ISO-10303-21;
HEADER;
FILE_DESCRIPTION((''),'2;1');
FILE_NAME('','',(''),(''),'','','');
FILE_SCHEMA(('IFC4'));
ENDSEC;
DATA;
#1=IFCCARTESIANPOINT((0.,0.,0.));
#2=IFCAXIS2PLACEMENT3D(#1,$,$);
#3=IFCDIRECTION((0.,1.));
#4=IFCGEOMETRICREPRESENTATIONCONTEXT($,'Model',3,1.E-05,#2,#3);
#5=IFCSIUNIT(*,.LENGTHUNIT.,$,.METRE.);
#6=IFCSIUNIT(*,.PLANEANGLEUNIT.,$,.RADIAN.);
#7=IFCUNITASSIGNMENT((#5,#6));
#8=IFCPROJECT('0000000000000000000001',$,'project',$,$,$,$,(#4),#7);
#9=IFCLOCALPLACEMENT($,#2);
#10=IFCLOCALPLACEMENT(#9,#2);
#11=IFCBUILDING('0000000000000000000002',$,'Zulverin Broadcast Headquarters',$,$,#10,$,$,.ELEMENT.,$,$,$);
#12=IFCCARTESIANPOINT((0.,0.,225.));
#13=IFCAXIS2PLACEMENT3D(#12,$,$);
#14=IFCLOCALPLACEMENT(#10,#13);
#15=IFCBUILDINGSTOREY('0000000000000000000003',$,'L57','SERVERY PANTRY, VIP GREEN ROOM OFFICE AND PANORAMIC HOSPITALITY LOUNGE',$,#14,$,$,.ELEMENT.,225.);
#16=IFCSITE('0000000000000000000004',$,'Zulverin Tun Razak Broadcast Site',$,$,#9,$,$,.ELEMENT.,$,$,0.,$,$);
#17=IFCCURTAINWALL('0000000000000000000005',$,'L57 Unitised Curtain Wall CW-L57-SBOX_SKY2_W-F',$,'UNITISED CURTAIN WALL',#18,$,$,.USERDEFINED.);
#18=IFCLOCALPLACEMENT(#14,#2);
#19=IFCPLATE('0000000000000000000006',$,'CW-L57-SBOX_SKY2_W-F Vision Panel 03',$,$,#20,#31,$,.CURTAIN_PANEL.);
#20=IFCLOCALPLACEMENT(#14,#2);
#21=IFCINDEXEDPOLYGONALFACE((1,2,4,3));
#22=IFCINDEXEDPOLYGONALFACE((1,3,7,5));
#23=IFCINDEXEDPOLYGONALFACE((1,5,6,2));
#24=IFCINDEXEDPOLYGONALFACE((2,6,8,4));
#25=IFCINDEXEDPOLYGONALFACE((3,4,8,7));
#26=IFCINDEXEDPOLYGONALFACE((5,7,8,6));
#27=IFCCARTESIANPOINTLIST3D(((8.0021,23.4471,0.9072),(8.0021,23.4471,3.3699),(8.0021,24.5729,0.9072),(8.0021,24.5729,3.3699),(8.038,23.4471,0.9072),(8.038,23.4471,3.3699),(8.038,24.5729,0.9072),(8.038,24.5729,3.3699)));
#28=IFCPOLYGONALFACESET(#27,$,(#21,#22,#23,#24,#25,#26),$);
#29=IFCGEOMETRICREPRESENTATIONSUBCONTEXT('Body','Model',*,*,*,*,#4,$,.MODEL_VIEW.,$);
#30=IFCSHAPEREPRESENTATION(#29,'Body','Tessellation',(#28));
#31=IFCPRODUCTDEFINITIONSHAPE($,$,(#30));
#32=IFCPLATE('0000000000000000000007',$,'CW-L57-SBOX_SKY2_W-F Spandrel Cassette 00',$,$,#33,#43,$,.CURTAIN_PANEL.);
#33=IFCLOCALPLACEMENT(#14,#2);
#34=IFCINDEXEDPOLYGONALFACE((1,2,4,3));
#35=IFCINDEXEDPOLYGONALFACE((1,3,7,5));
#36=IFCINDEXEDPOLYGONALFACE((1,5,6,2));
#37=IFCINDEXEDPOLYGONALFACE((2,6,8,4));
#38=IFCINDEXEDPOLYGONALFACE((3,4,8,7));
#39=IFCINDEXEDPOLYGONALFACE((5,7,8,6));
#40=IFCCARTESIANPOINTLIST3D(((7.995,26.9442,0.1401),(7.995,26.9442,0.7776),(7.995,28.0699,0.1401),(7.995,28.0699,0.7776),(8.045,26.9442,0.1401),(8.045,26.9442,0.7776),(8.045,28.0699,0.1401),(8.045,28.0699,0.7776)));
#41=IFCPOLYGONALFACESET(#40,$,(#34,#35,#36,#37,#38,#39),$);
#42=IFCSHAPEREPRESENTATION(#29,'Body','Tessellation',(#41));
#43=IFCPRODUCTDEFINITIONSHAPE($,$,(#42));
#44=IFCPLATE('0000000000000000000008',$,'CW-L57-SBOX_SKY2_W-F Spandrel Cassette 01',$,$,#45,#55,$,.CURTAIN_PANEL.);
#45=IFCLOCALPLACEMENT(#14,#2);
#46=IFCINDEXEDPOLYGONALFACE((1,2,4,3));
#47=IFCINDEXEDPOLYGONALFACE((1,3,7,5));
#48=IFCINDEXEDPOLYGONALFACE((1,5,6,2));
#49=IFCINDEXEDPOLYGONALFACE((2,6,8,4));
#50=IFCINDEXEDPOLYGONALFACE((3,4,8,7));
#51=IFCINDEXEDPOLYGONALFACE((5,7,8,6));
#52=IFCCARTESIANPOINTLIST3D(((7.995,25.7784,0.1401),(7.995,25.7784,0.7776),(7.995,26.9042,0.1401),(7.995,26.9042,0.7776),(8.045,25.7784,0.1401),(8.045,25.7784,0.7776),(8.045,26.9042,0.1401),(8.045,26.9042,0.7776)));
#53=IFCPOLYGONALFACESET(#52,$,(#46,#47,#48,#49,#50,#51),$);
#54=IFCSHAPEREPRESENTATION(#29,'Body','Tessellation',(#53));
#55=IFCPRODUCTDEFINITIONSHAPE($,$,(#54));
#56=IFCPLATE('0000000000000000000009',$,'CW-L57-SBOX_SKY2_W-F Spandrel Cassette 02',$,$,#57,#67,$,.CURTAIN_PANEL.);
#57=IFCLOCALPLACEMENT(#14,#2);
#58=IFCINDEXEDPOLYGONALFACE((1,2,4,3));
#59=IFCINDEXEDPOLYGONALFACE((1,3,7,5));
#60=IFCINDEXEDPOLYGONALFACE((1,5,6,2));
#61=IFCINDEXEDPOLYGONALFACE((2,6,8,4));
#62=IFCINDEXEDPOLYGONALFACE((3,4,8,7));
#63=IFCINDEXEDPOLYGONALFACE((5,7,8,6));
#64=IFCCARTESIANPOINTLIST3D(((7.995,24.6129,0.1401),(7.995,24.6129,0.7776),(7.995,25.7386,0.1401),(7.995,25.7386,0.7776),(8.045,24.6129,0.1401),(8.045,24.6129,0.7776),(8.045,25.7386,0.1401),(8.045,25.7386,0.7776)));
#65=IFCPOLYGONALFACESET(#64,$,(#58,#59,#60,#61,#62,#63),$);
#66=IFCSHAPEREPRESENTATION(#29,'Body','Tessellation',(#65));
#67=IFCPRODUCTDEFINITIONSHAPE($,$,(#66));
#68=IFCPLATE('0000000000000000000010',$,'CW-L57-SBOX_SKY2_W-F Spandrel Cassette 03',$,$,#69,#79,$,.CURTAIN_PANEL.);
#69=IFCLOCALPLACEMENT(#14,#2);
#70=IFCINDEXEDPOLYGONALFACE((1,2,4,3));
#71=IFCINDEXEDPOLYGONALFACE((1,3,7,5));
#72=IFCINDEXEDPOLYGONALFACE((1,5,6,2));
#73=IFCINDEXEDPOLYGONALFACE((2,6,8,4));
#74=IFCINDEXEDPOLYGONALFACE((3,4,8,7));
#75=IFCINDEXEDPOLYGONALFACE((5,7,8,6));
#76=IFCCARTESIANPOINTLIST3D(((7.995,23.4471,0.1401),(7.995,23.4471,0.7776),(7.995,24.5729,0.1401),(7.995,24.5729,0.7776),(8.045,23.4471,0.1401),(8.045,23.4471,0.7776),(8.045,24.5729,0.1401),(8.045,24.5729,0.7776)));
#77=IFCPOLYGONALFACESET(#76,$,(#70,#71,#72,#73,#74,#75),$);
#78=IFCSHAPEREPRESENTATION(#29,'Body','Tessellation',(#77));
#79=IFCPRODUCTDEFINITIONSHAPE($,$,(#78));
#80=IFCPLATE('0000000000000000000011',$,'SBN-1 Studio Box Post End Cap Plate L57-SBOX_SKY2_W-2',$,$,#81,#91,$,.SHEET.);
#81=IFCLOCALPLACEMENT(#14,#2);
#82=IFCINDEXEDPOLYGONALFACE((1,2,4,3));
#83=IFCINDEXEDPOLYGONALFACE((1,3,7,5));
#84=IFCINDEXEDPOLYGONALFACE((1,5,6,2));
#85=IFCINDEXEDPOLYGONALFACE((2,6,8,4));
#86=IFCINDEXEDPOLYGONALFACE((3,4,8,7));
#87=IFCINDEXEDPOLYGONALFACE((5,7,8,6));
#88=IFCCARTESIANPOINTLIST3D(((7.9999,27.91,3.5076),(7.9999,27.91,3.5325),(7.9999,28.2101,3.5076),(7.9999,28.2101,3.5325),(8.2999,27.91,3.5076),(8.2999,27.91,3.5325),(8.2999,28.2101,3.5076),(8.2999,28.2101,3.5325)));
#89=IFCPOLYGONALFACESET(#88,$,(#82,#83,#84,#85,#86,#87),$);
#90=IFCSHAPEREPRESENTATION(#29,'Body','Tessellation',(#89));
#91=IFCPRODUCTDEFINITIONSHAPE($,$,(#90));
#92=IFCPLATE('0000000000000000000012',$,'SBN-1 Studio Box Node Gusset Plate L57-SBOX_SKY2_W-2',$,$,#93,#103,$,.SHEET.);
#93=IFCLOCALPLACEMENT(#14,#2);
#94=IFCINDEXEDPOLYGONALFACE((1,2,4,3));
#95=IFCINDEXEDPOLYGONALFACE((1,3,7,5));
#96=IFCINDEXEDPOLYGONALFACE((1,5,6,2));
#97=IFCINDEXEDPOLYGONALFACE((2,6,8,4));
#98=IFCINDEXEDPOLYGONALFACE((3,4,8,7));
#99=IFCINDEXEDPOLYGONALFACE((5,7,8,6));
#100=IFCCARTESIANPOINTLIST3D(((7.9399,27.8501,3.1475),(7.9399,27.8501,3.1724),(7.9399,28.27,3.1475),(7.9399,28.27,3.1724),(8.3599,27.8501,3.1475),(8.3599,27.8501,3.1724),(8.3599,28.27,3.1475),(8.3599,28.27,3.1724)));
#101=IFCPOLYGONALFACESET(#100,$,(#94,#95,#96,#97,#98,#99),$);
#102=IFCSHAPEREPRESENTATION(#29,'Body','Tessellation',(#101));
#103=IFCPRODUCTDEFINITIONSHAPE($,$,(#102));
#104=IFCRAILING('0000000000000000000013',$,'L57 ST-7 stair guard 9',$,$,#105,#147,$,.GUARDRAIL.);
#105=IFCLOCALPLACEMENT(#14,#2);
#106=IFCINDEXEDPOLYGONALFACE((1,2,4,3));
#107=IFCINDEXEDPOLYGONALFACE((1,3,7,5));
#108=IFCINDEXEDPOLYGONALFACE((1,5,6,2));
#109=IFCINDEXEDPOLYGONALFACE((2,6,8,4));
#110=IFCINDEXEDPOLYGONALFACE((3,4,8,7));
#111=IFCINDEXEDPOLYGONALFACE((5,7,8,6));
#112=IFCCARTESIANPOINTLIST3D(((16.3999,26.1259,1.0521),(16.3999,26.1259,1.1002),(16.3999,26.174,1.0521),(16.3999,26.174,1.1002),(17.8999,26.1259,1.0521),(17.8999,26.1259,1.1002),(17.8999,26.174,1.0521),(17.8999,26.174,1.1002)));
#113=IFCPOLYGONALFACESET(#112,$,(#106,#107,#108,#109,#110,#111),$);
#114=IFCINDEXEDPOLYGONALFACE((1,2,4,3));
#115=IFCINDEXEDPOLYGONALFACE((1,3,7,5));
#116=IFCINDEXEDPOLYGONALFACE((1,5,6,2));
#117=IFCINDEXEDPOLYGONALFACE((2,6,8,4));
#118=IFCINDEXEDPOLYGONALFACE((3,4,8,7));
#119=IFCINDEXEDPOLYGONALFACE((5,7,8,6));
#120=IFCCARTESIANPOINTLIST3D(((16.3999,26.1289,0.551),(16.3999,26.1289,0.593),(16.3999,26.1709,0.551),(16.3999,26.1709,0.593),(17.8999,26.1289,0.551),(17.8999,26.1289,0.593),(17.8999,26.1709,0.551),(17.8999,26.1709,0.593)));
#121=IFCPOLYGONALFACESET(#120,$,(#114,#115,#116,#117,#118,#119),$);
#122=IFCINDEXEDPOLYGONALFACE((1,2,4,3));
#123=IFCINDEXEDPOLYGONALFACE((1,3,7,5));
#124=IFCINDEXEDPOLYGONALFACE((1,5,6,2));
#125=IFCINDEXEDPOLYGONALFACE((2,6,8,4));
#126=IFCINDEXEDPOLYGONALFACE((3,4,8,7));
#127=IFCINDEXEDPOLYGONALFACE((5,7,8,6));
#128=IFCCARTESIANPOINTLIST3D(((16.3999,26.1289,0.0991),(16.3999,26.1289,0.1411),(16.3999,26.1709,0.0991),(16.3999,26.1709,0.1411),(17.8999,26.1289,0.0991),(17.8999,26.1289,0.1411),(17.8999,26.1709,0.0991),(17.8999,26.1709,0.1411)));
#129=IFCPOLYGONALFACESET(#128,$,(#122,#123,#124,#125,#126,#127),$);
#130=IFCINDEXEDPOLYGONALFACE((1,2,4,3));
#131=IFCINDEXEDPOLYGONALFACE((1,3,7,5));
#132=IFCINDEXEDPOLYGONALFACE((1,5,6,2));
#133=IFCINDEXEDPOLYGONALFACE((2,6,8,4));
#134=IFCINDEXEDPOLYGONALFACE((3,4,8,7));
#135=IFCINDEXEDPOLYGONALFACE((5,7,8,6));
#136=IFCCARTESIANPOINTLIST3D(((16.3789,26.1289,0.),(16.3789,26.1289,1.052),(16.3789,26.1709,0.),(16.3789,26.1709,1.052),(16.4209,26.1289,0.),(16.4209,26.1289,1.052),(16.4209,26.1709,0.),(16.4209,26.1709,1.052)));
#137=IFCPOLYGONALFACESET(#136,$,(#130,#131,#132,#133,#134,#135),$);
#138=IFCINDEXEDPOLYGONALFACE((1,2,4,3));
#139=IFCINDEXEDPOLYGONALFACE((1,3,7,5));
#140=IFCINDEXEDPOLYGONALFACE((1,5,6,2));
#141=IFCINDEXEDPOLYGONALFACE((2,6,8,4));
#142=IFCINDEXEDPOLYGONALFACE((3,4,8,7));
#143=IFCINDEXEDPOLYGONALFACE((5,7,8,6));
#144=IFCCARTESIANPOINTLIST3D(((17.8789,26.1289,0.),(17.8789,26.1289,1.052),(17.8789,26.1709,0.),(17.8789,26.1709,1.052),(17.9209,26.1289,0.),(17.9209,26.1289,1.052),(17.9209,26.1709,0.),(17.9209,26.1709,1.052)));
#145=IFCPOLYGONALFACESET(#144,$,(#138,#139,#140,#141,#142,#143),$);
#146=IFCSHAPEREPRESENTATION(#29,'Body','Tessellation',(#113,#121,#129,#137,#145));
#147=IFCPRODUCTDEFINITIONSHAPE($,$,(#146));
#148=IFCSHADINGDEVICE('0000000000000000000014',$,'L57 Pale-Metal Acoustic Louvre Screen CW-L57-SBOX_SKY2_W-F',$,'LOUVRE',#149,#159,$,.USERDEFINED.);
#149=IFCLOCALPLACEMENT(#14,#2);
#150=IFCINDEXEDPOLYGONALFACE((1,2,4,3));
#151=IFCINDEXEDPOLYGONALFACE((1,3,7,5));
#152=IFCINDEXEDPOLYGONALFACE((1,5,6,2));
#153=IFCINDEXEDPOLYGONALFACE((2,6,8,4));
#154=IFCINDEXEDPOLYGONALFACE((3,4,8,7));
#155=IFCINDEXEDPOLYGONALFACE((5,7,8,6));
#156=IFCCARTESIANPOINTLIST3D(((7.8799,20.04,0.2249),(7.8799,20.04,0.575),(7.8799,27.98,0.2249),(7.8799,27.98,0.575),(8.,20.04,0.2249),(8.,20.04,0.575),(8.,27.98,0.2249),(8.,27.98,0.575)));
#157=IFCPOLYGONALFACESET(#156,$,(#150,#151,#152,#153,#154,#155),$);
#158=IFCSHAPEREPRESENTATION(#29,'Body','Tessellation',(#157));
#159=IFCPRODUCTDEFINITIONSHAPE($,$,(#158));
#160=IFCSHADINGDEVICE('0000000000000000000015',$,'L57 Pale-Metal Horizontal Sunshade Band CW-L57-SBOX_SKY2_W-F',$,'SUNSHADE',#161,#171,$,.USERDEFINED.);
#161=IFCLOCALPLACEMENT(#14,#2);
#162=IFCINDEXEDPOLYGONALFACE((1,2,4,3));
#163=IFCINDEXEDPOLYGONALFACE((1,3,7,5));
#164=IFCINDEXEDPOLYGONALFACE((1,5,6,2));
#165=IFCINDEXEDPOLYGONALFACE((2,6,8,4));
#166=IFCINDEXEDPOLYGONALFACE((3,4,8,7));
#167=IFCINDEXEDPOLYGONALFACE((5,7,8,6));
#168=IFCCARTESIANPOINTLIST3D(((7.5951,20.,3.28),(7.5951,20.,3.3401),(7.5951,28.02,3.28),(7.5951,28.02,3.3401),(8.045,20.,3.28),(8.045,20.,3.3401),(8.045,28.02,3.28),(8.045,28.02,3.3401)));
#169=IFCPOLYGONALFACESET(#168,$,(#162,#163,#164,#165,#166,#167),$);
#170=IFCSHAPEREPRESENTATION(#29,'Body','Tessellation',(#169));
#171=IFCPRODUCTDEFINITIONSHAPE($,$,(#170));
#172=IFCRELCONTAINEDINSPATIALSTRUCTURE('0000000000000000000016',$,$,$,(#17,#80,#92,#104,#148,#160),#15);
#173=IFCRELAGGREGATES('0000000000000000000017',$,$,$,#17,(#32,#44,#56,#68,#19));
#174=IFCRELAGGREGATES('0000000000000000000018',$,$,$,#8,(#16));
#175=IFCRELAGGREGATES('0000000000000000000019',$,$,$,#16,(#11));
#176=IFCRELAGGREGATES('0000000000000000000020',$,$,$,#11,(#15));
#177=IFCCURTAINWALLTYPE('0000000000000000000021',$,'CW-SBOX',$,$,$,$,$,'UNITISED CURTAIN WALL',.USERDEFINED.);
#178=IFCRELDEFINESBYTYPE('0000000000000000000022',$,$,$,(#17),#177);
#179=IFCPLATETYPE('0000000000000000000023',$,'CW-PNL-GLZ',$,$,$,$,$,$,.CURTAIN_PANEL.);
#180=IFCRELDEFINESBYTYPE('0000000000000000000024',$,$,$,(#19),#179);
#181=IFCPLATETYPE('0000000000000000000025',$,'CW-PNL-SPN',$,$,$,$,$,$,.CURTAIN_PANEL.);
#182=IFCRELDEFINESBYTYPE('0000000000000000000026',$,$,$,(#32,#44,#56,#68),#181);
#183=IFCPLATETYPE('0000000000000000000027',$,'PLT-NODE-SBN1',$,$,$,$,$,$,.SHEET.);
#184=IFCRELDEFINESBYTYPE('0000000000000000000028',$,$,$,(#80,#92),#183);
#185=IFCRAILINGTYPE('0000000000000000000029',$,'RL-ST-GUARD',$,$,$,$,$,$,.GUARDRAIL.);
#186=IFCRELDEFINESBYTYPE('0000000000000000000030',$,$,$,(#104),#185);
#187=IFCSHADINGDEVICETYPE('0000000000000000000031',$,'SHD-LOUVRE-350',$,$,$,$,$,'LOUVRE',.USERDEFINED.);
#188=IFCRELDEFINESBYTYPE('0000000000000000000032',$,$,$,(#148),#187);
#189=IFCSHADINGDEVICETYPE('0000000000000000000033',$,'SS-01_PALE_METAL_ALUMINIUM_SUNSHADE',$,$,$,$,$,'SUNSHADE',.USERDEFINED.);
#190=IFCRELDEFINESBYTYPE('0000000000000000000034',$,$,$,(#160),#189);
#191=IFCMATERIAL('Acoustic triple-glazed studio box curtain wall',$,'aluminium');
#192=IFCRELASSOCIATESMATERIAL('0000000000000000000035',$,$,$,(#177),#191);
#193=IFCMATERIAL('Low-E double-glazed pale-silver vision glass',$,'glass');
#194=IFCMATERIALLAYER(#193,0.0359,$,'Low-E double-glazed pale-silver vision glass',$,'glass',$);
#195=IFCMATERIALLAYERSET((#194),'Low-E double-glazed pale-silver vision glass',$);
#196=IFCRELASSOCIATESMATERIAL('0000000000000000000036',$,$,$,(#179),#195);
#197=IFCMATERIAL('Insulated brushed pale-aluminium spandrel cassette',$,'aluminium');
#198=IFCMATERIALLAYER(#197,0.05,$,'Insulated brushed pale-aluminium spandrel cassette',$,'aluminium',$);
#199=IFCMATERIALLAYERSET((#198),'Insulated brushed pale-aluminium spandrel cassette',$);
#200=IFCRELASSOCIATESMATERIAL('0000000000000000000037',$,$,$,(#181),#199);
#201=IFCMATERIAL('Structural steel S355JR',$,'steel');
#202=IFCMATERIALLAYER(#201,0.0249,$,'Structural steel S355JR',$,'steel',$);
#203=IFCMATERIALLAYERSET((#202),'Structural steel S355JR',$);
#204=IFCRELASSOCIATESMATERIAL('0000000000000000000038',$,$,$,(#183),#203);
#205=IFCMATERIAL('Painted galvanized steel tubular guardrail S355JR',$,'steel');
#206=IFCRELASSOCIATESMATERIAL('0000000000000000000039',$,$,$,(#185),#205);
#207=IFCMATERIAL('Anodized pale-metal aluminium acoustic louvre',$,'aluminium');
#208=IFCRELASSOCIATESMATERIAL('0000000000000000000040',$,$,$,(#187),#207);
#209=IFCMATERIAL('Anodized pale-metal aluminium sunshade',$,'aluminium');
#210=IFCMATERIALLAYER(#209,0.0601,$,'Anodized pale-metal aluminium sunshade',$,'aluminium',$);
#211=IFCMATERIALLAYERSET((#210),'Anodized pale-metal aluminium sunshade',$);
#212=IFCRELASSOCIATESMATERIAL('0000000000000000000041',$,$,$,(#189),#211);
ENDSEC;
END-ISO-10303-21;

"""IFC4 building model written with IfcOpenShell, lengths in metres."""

from ifc_helpers import new_model, si_unit, direction, frame, origin, origin_2d, place, context, subcontext, project, spatial, rectangle, extrude, material, layer, layer_set, type_object, element, aggregate, save


model = new_model("IFC4")

# Units and contexts
model_context = context("Model", 3, precision=1e-05, world=origin(), true_north=direction((0.0, 1.0)))
body_context = subcontext(model_context, "Body", "Model", "MODEL_VIEW")
ifc_project = project(units=[si_unit("LENGTHUNIT", "METRE"), si_unit("PLANEANGLEUNIT", "RADIAN")], contexts=[model_context])

# Site, building, storey
site_placement = place(None, origin())
site = spatial("IfcSite", under=ifc_project, at=site_placement, Name="Zulverin Tun Razak Broadcast Site", CompositionType="ELEMENT", RefElevation=0.0)
building_placement = place(site_placement, origin())
building = spatial("IfcBuilding", under=site, at=building_placement, Name="Zulverin Broadcast Headquarters", CompositionType="ELEMENT")
storey_placement = place(building_placement, frame((0.0, 0.0, 225.0)))
storey = spatial("IfcBuildingStorey", under=building, at=storey_placement, Name="L57", Description="SERVERY PANTRY, VIP GREEN ROOM OFFICE AND PANORAMIC HOSPITALITY LOUNGE", CompositionType="ELEMENT", Elevation=225.0)

# Curtain wall
ifc_material_1 = material(Name="Acoustic triple-glazed studio box curtain wall", Category="aluminium")
curtain_wall_type = type_object("IfcCurtainWallType", Name="CW-SBOX", ElementType="UNITISED CURTAIN WALL", PredefinedType="USERDEFINED", material=ifc_material_1)
curtain_wall_placement = place(storey_placement, origin())
curtain_wall = element("IfcCurtainWall", 1, at=curtain_wall_placement, inside=storey, type_object=curtain_wall_type, Name="L57 Unitised Curtain Wall CW-L57-SBOX_SKY2_W-F", ObjectType="UNITISED CURTAIN WALL", PredefinedType="USERDEFINED")

# Shared definitions
ifc_material_2 = material(Name="Structural steel S355JR", Category="steel")

# Plates
ifc_material_3 = material(Name="Low-E double-glazed pale-silver vision glass", Category="glass")
ifc_layer_1 = layer(ifc_material_3, 0.0359, Name="Low-E double-glazed pale-silver vision glass", Category="glass")
ifc_layer_set_1 = layer_set([ifc_layer_1], Name="Low-E double-glazed pale-silver vision glass")
plate_type_1 = type_object("IfcPlateType", Name="CW-PNL-GLZ", PredefinedType="CURTAIN_PANEL", material=ifc_layer_set_1)
plate_1_placement = place(storey_placement, frame((8.02, 24.01, 0.9072), z_axis=(0.0, 0.0, 1.0), x_axis=(0.0, -1.0, 0.0)))
plate_1 = element("IfcPlate", 2, at=plate_1_placement, type_object=plate_type_1, Name="CW-L57-SBOX_SKY2_W-F Vision Panel 03", PredefinedType="CURTAIN_PANEL", context=body_context, shape_type="SweptSolid", body=[
    extrude(rectangle(XDim=1.1257, YDim=0.0359, at=origin_2d()), origin(), (0.0, 0.0, 1.0), 2.4626),
])
ifc_material_4 = material(Name="Insulated brushed pale-aluminium spandrel cassette", Category="aluminium")
ifc_layer_2 = layer(ifc_material_4, 0.05, Name="Insulated brushed pale-aluminium spandrel cassette", Category="aluminium")
ifc_layer_set_2 = layer_set([ifc_layer_2], Name="Insulated brushed pale-aluminium spandrel cassette")
plate_type_2 = type_object("IfcPlateType", Name="CW-PNL-SPN", PredefinedType="CURTAIN_PANEL", material=ifc_layer_set_2)
plate_2_placement = place(storey_placement, frame((8.02, 27.5071, 0.1401), z_axis=(0.0, 0.0, 1.0), x_axis=(0.0, -1.0, 0.0)))
plate_2 = element("IfcPlate", 3, at=plate_2_placement, type_object=plate_type_2, Name="CW-L57-SBOX_SKY2_W-F Spandrel Cassette 00", PredefinedType="CURTAIN_PANEL", context=body_context, shape_type="SweptSolid", body=[
    extrude(rectangle(XDim=1.1257, YDim=0.05, at=origin_2d()), origin(), (0.0, 0.0, 1.0), 0.6375),
])
plate_3_placement = place(storey_placement, frame((8.02, 26.3413, 0.1401), z_axis=(0.0, 0.0, 1.0), x_axis=(0.0, -1.0, 0.0)))
plate_3 = element("IfcPlate", 4, at=plate_3_placement, type_object=plate_type_2, Name="CW-L57-SBOX_SKY2_W-F Spandrel Cassette 01", PredefinedType="CURTAIN_PANEL", context=body_context, shape_type="SweptSolid", body=[
    extrude(rectangle(XDim=1.1257, YDim=0.05, at=origin_2d()), origin(), (0.0, 0.0, 1.0), 0.6375),
])
plate_4_placement = place(storey_placement, frame((8.02, 25.1758, 0.1401), z_axis=(0.0, 0.0, 1.0), x_axis=(0.0, -1.0, 0.0)))
plate_4 = element("IfcPlate", 5, at=plate_4_placement, type_object=plate_type_2, Name="CW-L57-SBOX_SKY2_W-F Spandrel Cassette 02", PredefinedType="CURTAIN_PANEL", context=body_context, shape_type="SweptSolid", body=[
    extrude(rectangle(XDim=1.1257, YDim=0.05, at=origin_2d()), origin(), (0.0, 0.0, 1.0), 0.6375),
])
plate_5_placement = place(storey_placement, frame((8.02, 24.01, 0.1401), z_axis=(0.0, 0.0, 1.0), x_axis=(0.0, -1.0, 0.0)))
plate_5 = element("IfcPlate", 6, at=plate_5_placement, type_object=plate_type_2, Name="CW-L57-SBOX_SKY2_W-F Spandrel Cassette 03", PredefinedType="CURTAIN_PANEL", context=body_context, shape_type="SweptSolid", body=[
    extrude(rectangle(XDim=1.1257, YDim=0.05, at=origin_2d()), origin(), (0.0, 0.0, 1.0), 0.6375),
])
aggregate(curtain_wall, [plate_2, plate_3, plate_4, plate_5, plate_1])

# Plates
ifc_layer_3 = layer(ifc_material_2, 0.0249, Name="Structural steel S355JR", Category="steel")
ifc_layer_set_3 = layer_set([ifc_layer_3], Name="Structural steel S355JR")
plate_type_3 = type_object("IfcPlateType", Name="PLT-NODE-SBN1", PredefinedType="SHEET", material=ifc_layer_set_3)
plate_6_placement = place(storey_placement, frame((8.1499, 28.0601, 3.5076), z_axis=(0.0, 0.0, 1.0), x_axis=(1.0, 0.0, 0.0)))
element("IfcPlate", 7, at=plate_6_placement, inside=storey, type_object=plate_type_3, Name="SBN-1 Studio Box Post End Cap Plate L57-SBOX_SKY2_W-2", PredefinedType="SHEET", context=body_context, shape_type="SweptSolid", body=[
    extrude(rectangle(XDim=0.3, YDim=0.3, at=origin_2d()), origin(), (0.0, 0.0, 1.0), 0.0249),
])
plate_7_placement = place(storey_placement, frame((8.1499, 28.0601, 3.1475), z_axis=(0.0, 0.0, 1.0), x_axis=(1.0, 0.0, 0.0)))
element("IfcPlate", 8, at=plate_7_placement, inside=storey, type_object=plate_type_3, Name="SBN-1 Studio Box Node Gusset Plate L57-SBOX_SKY2_W-2", PredefinedType="SHEET", context=body_context, shape_type="SweptSolid", body=[
    extrude(rectangle(XDim=0.4199, YDim=0.4199, at=origin_2d()), origin(), (0.0, 0.0, 1.0), 0.0249),
])

# Railing
ifc_material_5 = material(Name="Painted galvanized steel tubular guardrail S355JR", Category="steel")
railing_type = type_object("IfcRailingType", Name="RL-ST-GUARD", PredefinedType="GUARDRAIL", material=ifc_material_5)
railing_placement = place(storey_placement, frame((16.3999, 26.1499, 0.0)))
element("IfcRailing", 9, at=railing_placement, inside=storey, type_object=railing_type, Name="L57 ST-7 stair guard 9", PredefinedType="GUARDRAIL", context=body_context, shape_type="SweptSolid", body=[
    extrude(rectangle(XDim=0.0481, YDim=0.0481, at=origin_2d()), frame((0.0, 0.0, 1.0762), z_axis=(1.0, 0.0, 0.0), x_axis=(0.0, 1.0, 0.0)), (0.0, 0.0, 1.0), 1.5),
    extrude(rectangle(XDim=0.042, YDim=0.042, at=origin_2d()), frame((0.0, 0.0, 0.572), z_axis=(1.0, 0.0, 0.0), x_axis=(0.0, 1.0, 0.0)), (0.0, 0.0, 1.0), 1.5),
    extrude(rectangle(XDim=0.042, YDim=0.042, at=origin_2d()), frame((0.0, 0.0, 0.1201), z_axis=(1.0, 0.0, 0.0), x_axis=(0.0, 1.0, 0.0)), (0.0, 0.0, 1.0), 1.5),
    extrude(rectangle(XDim=0.042, YDim=0.042, at=origin_2d()), origin(), (0.0, 0.0, 1.0), 1.052),
    extrude(rectangle(XDim=0.042, YDim=0.042, at=origin_2d()), frame((1.5, 0.0, 0.0)), (0.0, 0.0, 1.0), 1.052),
])

# Shading devices
ifc_material_6 = material(Name="Anodized pale-metal aluminium acoustic louvre", Category="aluminium")
shading_device_type_1 = type_object("IfcShadingDeviceType", Name="SHD-LOUVRE-350", ElementType="LOUVRE", PredefinedType="USERDEFINED", material=ifc_material_6)
shading_device_1_placement = place(storey_placement, frame((7.9399, 24.01, 0.2249), z_axis=(0.0, 0.0, 1.0), x_axis=(0.0, -1.0, 0.0)))
element("IfcShadingDevice", 10, at=shading_device_1_placement, inside=storey, type_object=shading_device_type_1, Name="L57 Pale-Metal Acoustic Louvre Screen CW-L57-SBOX_SKY2_W-F", ObjectType="LOUVRE", PredefinedType="USERDEFINED", context=body_context, shape_type="SweptSolid", body=[
    extrude(rectangle(XDim=7.9399, YDim=0.1201, at=origin_2d()), origin(), (0.0, 0.0, 1.0), 0.3501),
])
ifc_material_7 = material(Name="Anodized pale-metal aluminium sunshade", Category="aluminium")
ifc_layer_4 = layer(ifc_material_7, 0.0601, Name="Anodized pale-metal aluminium sunshade", Category="aluminium")
ifc_layer_set_4 = layer_set([ifc_layer_4], Name="Anodized pale-metal aluminium sunshade")
shading_device_type_2 = type_object("IfcShadingDeviceType", Name="SS-01_PALE_METAL_ALUMINIUM_SUNSHADE", ElementType="SUNSHADE", PredefinedType="USERDEFINED", material=ifc_layer_set_4)
shading_device_2_placement = place(storey_placement, frame((7.8201, 24.01, 3.28), z_axis=(0.0, 0.0, 1.0), x_axis=(0.0, -1.0, 0.0)))
element("IfcShadingDevice", 11, at=shading_device_2_placement, inside=storey, type_object=shading_device_type_2, Name="L57 Pale-Metal Horizontal Sunshade Band CW-L57-SBOX_SKY2_W-F", ObjectType="SUNSHADE", PredefinedType="USERDEFINED", context=body_context, shape_type="SweptSolid", body=[
    extrude(rectangle(XDim=8.02, YDim=0.45, at=origin_2d()), origin(), (0.0, 0.0, 1.0), 0.0601),
])

save(model, "model.ifc")
